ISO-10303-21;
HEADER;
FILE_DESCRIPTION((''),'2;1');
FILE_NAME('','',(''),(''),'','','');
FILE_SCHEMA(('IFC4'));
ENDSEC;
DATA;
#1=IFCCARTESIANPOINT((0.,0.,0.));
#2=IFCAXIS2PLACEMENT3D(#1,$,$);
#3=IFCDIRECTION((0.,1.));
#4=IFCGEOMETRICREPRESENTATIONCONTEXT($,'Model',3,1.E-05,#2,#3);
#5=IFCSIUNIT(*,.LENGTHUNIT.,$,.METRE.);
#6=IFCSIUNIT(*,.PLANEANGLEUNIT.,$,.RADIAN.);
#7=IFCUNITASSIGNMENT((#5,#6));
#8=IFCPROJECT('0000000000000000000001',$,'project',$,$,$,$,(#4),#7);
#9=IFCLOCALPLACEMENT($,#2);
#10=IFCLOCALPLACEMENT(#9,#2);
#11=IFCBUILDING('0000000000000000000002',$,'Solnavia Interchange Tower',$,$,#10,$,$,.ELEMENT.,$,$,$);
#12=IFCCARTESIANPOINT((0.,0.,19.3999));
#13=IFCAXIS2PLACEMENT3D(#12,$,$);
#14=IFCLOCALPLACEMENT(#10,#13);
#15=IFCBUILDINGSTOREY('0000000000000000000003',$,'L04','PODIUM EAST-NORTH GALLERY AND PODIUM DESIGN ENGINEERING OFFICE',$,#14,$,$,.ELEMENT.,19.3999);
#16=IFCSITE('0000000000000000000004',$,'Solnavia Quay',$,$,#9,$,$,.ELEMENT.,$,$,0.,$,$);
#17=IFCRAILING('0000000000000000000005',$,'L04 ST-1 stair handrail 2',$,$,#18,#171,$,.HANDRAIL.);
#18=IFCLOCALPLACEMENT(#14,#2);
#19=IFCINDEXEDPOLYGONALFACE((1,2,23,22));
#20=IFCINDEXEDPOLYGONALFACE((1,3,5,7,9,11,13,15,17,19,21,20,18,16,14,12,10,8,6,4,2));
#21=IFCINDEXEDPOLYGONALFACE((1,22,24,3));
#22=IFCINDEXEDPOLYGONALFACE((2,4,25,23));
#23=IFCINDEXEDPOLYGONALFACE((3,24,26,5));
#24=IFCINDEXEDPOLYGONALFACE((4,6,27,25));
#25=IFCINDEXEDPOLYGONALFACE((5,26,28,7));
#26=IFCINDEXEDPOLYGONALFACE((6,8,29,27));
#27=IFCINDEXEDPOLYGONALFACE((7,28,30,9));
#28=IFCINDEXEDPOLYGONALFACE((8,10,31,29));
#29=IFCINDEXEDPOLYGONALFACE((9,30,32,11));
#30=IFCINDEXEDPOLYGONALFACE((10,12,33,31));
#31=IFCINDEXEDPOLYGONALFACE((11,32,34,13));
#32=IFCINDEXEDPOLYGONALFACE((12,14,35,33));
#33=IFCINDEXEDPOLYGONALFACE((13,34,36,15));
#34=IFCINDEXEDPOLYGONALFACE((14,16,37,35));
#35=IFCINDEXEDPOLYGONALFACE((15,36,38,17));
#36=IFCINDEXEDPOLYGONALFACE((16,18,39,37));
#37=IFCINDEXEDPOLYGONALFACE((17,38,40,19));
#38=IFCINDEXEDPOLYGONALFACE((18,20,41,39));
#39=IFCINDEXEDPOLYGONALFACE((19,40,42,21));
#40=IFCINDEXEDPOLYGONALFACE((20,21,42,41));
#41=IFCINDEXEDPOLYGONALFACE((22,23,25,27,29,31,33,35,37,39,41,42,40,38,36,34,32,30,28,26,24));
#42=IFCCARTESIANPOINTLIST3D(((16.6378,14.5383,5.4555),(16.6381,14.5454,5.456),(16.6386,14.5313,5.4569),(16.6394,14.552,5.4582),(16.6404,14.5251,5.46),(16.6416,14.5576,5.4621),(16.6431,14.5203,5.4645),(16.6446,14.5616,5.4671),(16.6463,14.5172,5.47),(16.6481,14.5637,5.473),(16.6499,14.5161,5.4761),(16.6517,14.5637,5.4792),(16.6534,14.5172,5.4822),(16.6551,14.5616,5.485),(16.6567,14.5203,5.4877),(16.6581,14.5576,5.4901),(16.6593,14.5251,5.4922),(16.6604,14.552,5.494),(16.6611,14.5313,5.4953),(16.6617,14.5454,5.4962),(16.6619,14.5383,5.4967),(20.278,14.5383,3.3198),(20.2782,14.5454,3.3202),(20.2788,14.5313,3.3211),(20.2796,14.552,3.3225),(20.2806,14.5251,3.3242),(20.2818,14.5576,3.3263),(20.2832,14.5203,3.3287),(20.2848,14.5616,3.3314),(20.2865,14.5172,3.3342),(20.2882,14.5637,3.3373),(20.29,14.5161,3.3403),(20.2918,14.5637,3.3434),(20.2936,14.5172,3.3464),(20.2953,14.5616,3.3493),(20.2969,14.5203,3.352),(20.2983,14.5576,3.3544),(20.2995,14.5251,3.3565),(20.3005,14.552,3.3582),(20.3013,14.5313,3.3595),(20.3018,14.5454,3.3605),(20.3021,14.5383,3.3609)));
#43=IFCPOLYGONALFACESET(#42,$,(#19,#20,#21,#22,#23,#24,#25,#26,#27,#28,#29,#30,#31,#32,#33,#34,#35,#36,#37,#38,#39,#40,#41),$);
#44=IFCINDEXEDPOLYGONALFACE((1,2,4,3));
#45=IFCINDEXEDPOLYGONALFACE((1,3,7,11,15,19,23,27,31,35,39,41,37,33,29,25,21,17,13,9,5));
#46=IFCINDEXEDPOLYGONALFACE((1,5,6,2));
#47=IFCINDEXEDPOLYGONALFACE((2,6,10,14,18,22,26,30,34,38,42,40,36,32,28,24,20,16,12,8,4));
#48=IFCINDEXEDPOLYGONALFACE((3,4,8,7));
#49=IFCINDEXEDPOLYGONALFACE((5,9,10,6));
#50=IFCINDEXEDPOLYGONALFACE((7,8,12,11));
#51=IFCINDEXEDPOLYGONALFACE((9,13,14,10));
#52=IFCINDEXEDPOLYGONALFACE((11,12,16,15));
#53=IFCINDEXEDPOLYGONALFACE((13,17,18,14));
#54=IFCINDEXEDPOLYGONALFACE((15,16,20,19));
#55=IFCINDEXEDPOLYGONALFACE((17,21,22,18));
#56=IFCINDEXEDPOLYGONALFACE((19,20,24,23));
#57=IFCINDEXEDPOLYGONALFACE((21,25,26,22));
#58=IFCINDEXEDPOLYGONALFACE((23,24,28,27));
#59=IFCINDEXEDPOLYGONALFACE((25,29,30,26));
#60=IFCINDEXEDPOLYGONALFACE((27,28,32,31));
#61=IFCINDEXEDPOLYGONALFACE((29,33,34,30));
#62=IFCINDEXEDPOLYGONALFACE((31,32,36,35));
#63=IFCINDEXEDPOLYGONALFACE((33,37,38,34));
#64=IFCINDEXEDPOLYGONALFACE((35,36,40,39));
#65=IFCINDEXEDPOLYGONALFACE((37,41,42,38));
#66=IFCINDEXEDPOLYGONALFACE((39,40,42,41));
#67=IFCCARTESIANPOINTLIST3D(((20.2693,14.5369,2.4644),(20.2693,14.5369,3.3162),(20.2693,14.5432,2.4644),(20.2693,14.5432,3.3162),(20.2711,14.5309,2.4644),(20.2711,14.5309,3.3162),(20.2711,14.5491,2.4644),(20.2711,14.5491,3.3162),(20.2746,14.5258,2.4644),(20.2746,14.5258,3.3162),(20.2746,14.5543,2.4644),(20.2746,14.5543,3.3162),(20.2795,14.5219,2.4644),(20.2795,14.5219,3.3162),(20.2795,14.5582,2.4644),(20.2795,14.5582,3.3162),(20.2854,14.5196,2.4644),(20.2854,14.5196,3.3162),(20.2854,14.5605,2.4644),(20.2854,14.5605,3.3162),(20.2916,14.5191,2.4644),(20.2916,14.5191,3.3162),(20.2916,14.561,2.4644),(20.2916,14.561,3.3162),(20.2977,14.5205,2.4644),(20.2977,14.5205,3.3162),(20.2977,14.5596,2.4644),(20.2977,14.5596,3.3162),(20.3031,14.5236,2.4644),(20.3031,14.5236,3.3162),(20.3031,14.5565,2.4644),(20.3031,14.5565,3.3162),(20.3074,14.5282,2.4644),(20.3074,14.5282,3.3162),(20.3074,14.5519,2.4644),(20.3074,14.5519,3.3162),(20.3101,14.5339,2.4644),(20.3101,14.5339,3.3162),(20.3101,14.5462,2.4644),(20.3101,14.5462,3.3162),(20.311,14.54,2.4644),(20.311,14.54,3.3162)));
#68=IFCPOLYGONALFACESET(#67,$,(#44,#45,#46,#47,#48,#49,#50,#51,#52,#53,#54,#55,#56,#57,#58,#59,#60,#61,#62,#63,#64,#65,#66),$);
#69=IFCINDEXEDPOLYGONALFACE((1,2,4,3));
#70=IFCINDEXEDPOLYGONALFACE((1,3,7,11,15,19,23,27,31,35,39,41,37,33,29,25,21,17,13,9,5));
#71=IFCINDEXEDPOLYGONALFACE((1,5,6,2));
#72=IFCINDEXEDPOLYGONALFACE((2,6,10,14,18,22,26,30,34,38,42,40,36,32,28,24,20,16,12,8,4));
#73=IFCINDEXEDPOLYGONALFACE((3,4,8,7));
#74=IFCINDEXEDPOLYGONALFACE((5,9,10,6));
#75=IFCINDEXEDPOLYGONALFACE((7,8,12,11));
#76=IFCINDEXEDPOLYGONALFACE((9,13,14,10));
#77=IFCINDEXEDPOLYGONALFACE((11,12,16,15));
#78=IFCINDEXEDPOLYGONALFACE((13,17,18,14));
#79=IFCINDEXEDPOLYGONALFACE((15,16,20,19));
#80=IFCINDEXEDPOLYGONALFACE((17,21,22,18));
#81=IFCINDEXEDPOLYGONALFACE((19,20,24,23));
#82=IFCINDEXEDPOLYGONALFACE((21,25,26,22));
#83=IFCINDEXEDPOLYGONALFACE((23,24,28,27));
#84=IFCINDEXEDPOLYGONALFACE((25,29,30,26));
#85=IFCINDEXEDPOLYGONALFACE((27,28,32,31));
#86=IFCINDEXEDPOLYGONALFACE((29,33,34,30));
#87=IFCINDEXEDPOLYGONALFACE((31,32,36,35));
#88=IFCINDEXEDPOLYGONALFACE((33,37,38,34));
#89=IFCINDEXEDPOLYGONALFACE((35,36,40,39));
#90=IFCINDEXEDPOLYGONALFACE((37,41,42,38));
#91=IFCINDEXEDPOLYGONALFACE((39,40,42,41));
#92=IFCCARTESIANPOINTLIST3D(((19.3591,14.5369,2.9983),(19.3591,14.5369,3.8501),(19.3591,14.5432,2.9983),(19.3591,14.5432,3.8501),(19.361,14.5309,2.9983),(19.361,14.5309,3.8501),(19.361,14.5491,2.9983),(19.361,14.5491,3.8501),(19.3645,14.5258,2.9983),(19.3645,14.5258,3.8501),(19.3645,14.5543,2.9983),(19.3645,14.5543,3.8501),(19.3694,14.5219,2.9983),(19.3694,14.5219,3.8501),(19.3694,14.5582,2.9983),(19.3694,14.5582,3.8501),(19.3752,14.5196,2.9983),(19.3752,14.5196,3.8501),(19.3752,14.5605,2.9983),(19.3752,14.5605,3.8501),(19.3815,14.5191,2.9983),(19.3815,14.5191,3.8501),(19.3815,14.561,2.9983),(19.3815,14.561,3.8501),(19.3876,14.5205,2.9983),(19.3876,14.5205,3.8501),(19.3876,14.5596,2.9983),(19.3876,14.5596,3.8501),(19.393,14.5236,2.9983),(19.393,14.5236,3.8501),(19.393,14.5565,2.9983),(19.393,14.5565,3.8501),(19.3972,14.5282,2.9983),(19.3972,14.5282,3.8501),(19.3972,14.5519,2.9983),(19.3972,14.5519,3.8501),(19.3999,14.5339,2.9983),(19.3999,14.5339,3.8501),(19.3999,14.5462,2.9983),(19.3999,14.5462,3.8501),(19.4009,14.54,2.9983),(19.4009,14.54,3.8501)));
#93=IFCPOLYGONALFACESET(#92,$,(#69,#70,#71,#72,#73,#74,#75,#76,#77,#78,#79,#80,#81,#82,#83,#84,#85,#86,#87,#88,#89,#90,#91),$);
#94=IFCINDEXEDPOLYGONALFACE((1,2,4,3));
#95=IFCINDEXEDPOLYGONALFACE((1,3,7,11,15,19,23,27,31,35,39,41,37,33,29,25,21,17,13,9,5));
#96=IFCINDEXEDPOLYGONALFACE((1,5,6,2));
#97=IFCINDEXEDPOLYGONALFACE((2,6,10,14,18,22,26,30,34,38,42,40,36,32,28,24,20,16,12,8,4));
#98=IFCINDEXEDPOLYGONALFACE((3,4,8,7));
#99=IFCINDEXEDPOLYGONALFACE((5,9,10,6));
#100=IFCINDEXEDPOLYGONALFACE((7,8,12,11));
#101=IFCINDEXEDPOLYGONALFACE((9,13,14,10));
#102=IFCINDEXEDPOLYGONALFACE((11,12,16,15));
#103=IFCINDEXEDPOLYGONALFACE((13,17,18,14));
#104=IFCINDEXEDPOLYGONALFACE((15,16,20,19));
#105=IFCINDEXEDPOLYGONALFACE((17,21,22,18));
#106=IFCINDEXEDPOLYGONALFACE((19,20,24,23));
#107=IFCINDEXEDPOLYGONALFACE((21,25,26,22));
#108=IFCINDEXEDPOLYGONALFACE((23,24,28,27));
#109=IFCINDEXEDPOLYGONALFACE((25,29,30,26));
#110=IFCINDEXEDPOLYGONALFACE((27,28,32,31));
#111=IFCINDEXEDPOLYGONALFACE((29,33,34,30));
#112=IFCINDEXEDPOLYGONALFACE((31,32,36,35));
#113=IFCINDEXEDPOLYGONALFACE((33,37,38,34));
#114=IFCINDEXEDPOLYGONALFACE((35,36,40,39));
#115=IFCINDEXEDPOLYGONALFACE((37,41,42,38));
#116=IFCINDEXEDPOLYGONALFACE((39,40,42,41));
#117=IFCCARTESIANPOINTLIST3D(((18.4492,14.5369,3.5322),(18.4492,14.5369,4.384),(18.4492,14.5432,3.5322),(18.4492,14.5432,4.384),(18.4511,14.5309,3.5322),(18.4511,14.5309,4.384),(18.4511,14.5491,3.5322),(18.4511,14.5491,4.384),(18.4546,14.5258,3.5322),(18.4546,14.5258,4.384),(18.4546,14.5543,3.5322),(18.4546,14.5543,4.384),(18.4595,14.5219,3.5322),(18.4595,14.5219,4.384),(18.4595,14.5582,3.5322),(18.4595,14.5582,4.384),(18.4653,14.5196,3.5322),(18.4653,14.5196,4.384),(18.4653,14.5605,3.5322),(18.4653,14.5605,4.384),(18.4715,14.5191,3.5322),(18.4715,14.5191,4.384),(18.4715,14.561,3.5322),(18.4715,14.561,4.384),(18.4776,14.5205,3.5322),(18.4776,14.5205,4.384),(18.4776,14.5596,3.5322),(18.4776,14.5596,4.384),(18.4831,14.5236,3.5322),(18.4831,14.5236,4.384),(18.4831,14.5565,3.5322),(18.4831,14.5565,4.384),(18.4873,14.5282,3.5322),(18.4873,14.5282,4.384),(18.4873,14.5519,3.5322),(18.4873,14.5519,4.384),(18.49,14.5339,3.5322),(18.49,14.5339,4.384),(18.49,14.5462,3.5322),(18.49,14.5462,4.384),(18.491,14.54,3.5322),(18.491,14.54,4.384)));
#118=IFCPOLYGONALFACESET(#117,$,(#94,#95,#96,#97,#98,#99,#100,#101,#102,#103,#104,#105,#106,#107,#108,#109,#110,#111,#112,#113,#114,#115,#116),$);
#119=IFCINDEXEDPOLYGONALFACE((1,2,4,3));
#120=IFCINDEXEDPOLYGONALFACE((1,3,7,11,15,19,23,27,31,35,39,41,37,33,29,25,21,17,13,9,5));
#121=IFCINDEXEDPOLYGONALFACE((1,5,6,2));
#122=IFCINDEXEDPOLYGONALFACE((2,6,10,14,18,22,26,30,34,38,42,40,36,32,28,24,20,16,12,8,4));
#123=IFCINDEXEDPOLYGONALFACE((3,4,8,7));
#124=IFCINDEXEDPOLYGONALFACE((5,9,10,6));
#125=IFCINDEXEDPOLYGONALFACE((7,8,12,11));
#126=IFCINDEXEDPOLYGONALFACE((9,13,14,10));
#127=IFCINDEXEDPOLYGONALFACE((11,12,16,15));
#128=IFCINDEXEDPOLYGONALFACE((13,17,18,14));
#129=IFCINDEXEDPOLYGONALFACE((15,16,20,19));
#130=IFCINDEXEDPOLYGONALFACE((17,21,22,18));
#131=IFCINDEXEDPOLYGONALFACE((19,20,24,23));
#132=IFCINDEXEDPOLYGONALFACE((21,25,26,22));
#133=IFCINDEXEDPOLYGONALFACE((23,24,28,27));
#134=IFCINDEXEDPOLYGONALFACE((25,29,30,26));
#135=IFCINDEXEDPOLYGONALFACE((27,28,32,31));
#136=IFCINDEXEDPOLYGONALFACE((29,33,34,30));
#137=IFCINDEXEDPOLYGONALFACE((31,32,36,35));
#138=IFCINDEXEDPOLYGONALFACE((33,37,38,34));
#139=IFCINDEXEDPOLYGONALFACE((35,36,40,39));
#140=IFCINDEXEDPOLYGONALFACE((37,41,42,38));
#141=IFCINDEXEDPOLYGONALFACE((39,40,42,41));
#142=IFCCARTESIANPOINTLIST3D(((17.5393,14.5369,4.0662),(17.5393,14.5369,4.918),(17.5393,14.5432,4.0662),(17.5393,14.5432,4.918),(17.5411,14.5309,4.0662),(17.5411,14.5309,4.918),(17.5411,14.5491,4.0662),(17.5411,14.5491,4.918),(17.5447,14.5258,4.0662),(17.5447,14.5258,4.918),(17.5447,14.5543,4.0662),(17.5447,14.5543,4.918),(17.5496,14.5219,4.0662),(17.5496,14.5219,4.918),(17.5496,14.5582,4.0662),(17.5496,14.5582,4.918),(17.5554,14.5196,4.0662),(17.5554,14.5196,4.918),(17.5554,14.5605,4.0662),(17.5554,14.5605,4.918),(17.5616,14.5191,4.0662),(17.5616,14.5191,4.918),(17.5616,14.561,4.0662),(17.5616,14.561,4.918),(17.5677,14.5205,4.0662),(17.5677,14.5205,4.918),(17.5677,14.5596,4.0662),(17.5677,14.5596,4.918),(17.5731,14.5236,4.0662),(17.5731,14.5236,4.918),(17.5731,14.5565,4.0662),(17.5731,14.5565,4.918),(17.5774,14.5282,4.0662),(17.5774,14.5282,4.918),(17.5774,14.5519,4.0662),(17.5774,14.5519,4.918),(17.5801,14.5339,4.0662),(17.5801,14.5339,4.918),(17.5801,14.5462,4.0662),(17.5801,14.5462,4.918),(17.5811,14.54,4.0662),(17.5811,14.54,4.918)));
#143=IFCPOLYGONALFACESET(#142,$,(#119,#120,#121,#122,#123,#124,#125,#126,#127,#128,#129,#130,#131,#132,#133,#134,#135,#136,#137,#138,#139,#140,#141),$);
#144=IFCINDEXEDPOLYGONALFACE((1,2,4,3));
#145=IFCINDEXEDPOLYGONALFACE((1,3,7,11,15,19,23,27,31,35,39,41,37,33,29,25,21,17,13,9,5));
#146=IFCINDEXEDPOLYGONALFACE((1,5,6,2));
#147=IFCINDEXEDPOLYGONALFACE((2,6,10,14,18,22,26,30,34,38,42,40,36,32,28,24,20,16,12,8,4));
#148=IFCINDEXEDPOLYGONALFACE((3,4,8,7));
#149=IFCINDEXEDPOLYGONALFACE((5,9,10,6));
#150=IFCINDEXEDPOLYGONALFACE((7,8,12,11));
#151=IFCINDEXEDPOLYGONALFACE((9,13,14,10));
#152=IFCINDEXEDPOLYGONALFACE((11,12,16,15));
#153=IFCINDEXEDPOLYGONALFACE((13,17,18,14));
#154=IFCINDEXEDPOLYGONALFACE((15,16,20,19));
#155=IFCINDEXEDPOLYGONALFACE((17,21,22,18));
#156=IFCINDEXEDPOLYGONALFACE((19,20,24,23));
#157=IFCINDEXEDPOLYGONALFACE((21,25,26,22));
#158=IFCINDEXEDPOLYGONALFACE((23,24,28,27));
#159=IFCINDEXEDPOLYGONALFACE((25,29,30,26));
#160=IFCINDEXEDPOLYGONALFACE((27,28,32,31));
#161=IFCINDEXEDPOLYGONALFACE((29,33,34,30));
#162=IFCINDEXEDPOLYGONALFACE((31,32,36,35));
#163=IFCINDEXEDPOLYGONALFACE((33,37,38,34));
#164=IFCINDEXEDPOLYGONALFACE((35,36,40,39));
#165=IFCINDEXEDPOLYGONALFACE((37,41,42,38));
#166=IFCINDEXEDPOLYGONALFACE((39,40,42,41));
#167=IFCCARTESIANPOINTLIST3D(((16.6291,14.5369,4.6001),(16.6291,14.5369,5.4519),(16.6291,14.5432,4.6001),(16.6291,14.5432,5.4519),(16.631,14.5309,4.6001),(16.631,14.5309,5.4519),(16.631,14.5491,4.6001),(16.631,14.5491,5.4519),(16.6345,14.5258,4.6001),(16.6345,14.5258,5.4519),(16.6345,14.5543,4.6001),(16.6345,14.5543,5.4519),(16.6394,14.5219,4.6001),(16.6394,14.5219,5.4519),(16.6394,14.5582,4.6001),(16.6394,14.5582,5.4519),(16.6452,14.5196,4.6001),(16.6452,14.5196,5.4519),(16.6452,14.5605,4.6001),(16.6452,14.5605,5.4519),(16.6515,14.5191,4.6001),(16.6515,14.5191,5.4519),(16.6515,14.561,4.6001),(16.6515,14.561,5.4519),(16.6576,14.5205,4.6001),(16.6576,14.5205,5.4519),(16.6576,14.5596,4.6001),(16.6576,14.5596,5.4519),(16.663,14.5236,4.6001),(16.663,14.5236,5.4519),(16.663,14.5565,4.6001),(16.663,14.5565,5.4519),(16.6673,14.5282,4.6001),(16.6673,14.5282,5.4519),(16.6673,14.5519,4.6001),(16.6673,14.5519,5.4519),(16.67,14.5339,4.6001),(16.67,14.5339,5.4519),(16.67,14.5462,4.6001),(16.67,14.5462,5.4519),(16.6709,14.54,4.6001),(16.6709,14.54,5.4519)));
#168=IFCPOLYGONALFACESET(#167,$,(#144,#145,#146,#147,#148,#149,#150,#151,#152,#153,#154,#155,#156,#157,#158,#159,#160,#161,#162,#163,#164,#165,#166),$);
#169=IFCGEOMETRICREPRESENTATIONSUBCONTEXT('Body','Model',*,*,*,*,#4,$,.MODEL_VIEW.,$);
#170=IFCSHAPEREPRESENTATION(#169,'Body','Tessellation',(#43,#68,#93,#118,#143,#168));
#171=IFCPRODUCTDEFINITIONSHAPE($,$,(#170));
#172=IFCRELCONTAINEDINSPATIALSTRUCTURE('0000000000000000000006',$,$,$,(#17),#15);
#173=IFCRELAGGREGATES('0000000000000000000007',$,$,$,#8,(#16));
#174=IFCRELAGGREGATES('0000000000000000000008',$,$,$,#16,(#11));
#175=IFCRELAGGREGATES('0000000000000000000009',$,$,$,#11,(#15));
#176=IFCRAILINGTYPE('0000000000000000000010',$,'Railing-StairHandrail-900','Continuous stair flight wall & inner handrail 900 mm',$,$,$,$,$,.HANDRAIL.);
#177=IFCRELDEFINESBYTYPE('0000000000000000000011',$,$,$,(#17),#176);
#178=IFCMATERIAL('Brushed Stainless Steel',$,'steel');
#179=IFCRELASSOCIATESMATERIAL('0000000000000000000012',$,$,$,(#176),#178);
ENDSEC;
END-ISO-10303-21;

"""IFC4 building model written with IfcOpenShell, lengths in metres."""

from ifc_helpers import new_model, si_unit, direction, frame, origin, origin_2d, place, context, subcontext, project, spatial, circle, extrude, material, type_object, element, save


model = new_model("IFC4")

# Units and contexts
model_context = context("Model", 3, precision=1e-05, world=origin(), true_north=direction((0.0, 1.0)))
body_context = subcontext(model_context, "Body", "Model", "MODEL_VIEW")
ifc_project = project(units=[si_unit("LENGTHUNIT", "METRE"), si_unit("PLANEANGLEUNIT", "RADIAN")], contexts=[model_context])

# Site, building, storey
site_placement = place(None, origin())
site = spatial("IfcSite", under=ifc_project, at=site_placement, Name="Solnavia Quay", CompositionType="ELEMENT", RefElevation=0.0)
building_placement = place(site_placement, origin())
building = spatial("IfcBuilding", under=site, at=building_placement, Name="Solnavia Interchange Tower", CompositionType="ELEMENT")
storey_placement = place(building_placement, frame((0.0, 0.0, 19.3999)))
storey = spatial("IfcBuildingStorey", under=building, at=storey_placement, Name="L04", Description="PODIUM EAST-NORTH GALLERY AND PODIUM DESIGN ENGINEERING OFFICE", CompositionType="ELEMENT", Elevation=19.3999)

# Railing
ifc_material_1 = material(Name="Brushed Stainless Steel", Category="steel")
railing_type_1 = type_object("IfcRailingType", Name="Railing-StairHandrail-900", Description="Continuous stair flight wall & inner handrail 900 mm", PredefinedType="HANDRAIL", material=ifc_material_1)
railing_1_placement = place(storey_placement, frame((20.29, 14.54, 2.4644)))
element("IfcRailing", 1, at=railing_1_placement, inside=storey, type_object=railing_type_1, Name="L04 ST-1 stair handrail 2", PredefinedType="HANDRAIL", context=body_context, shape_type="SweptSolid", body=[
    extrude(circle(Radius=0.0239, at=origin_2d()), frame((0.0, 0.0, 0.876), z_axis=(-0.862505, 0.0, 0.506049), x_axis=(0.0, -1.0, 0.0)), (0.0, 0.0, 1.0), 4.2205),
    extrude(circle(Radius=0.021, at=origin_2d()), origin(), (0.0, 0.0, 1.0), 0.8518),
    extrude(circle(Radius=0.021, at=origin_2d()), frame((-0.9102, 0.0, 0.5339)), (0.0, 0.0, 1.0), 0.8518),
    extrude(circle(Radius=0.021, at=origin_2d()), frame((-1.8201, 0.0, 1.0679)), (0.0, 0.0, 1.0), 0.8518),
    extrude(circle(Radius=0.021, at=origin_2d()), frame((-2.73, 0.0, 1.6018)), (0.0, 0.0, 1.0), 0.8518),
    extrude(circle(Radius=0.021, at=origin_2d()), frame((-3.6401, 0.0, 2.1357)), (0.0, 0.0, 1.0), 0.8518),
])

save(model, "model.ifc")
